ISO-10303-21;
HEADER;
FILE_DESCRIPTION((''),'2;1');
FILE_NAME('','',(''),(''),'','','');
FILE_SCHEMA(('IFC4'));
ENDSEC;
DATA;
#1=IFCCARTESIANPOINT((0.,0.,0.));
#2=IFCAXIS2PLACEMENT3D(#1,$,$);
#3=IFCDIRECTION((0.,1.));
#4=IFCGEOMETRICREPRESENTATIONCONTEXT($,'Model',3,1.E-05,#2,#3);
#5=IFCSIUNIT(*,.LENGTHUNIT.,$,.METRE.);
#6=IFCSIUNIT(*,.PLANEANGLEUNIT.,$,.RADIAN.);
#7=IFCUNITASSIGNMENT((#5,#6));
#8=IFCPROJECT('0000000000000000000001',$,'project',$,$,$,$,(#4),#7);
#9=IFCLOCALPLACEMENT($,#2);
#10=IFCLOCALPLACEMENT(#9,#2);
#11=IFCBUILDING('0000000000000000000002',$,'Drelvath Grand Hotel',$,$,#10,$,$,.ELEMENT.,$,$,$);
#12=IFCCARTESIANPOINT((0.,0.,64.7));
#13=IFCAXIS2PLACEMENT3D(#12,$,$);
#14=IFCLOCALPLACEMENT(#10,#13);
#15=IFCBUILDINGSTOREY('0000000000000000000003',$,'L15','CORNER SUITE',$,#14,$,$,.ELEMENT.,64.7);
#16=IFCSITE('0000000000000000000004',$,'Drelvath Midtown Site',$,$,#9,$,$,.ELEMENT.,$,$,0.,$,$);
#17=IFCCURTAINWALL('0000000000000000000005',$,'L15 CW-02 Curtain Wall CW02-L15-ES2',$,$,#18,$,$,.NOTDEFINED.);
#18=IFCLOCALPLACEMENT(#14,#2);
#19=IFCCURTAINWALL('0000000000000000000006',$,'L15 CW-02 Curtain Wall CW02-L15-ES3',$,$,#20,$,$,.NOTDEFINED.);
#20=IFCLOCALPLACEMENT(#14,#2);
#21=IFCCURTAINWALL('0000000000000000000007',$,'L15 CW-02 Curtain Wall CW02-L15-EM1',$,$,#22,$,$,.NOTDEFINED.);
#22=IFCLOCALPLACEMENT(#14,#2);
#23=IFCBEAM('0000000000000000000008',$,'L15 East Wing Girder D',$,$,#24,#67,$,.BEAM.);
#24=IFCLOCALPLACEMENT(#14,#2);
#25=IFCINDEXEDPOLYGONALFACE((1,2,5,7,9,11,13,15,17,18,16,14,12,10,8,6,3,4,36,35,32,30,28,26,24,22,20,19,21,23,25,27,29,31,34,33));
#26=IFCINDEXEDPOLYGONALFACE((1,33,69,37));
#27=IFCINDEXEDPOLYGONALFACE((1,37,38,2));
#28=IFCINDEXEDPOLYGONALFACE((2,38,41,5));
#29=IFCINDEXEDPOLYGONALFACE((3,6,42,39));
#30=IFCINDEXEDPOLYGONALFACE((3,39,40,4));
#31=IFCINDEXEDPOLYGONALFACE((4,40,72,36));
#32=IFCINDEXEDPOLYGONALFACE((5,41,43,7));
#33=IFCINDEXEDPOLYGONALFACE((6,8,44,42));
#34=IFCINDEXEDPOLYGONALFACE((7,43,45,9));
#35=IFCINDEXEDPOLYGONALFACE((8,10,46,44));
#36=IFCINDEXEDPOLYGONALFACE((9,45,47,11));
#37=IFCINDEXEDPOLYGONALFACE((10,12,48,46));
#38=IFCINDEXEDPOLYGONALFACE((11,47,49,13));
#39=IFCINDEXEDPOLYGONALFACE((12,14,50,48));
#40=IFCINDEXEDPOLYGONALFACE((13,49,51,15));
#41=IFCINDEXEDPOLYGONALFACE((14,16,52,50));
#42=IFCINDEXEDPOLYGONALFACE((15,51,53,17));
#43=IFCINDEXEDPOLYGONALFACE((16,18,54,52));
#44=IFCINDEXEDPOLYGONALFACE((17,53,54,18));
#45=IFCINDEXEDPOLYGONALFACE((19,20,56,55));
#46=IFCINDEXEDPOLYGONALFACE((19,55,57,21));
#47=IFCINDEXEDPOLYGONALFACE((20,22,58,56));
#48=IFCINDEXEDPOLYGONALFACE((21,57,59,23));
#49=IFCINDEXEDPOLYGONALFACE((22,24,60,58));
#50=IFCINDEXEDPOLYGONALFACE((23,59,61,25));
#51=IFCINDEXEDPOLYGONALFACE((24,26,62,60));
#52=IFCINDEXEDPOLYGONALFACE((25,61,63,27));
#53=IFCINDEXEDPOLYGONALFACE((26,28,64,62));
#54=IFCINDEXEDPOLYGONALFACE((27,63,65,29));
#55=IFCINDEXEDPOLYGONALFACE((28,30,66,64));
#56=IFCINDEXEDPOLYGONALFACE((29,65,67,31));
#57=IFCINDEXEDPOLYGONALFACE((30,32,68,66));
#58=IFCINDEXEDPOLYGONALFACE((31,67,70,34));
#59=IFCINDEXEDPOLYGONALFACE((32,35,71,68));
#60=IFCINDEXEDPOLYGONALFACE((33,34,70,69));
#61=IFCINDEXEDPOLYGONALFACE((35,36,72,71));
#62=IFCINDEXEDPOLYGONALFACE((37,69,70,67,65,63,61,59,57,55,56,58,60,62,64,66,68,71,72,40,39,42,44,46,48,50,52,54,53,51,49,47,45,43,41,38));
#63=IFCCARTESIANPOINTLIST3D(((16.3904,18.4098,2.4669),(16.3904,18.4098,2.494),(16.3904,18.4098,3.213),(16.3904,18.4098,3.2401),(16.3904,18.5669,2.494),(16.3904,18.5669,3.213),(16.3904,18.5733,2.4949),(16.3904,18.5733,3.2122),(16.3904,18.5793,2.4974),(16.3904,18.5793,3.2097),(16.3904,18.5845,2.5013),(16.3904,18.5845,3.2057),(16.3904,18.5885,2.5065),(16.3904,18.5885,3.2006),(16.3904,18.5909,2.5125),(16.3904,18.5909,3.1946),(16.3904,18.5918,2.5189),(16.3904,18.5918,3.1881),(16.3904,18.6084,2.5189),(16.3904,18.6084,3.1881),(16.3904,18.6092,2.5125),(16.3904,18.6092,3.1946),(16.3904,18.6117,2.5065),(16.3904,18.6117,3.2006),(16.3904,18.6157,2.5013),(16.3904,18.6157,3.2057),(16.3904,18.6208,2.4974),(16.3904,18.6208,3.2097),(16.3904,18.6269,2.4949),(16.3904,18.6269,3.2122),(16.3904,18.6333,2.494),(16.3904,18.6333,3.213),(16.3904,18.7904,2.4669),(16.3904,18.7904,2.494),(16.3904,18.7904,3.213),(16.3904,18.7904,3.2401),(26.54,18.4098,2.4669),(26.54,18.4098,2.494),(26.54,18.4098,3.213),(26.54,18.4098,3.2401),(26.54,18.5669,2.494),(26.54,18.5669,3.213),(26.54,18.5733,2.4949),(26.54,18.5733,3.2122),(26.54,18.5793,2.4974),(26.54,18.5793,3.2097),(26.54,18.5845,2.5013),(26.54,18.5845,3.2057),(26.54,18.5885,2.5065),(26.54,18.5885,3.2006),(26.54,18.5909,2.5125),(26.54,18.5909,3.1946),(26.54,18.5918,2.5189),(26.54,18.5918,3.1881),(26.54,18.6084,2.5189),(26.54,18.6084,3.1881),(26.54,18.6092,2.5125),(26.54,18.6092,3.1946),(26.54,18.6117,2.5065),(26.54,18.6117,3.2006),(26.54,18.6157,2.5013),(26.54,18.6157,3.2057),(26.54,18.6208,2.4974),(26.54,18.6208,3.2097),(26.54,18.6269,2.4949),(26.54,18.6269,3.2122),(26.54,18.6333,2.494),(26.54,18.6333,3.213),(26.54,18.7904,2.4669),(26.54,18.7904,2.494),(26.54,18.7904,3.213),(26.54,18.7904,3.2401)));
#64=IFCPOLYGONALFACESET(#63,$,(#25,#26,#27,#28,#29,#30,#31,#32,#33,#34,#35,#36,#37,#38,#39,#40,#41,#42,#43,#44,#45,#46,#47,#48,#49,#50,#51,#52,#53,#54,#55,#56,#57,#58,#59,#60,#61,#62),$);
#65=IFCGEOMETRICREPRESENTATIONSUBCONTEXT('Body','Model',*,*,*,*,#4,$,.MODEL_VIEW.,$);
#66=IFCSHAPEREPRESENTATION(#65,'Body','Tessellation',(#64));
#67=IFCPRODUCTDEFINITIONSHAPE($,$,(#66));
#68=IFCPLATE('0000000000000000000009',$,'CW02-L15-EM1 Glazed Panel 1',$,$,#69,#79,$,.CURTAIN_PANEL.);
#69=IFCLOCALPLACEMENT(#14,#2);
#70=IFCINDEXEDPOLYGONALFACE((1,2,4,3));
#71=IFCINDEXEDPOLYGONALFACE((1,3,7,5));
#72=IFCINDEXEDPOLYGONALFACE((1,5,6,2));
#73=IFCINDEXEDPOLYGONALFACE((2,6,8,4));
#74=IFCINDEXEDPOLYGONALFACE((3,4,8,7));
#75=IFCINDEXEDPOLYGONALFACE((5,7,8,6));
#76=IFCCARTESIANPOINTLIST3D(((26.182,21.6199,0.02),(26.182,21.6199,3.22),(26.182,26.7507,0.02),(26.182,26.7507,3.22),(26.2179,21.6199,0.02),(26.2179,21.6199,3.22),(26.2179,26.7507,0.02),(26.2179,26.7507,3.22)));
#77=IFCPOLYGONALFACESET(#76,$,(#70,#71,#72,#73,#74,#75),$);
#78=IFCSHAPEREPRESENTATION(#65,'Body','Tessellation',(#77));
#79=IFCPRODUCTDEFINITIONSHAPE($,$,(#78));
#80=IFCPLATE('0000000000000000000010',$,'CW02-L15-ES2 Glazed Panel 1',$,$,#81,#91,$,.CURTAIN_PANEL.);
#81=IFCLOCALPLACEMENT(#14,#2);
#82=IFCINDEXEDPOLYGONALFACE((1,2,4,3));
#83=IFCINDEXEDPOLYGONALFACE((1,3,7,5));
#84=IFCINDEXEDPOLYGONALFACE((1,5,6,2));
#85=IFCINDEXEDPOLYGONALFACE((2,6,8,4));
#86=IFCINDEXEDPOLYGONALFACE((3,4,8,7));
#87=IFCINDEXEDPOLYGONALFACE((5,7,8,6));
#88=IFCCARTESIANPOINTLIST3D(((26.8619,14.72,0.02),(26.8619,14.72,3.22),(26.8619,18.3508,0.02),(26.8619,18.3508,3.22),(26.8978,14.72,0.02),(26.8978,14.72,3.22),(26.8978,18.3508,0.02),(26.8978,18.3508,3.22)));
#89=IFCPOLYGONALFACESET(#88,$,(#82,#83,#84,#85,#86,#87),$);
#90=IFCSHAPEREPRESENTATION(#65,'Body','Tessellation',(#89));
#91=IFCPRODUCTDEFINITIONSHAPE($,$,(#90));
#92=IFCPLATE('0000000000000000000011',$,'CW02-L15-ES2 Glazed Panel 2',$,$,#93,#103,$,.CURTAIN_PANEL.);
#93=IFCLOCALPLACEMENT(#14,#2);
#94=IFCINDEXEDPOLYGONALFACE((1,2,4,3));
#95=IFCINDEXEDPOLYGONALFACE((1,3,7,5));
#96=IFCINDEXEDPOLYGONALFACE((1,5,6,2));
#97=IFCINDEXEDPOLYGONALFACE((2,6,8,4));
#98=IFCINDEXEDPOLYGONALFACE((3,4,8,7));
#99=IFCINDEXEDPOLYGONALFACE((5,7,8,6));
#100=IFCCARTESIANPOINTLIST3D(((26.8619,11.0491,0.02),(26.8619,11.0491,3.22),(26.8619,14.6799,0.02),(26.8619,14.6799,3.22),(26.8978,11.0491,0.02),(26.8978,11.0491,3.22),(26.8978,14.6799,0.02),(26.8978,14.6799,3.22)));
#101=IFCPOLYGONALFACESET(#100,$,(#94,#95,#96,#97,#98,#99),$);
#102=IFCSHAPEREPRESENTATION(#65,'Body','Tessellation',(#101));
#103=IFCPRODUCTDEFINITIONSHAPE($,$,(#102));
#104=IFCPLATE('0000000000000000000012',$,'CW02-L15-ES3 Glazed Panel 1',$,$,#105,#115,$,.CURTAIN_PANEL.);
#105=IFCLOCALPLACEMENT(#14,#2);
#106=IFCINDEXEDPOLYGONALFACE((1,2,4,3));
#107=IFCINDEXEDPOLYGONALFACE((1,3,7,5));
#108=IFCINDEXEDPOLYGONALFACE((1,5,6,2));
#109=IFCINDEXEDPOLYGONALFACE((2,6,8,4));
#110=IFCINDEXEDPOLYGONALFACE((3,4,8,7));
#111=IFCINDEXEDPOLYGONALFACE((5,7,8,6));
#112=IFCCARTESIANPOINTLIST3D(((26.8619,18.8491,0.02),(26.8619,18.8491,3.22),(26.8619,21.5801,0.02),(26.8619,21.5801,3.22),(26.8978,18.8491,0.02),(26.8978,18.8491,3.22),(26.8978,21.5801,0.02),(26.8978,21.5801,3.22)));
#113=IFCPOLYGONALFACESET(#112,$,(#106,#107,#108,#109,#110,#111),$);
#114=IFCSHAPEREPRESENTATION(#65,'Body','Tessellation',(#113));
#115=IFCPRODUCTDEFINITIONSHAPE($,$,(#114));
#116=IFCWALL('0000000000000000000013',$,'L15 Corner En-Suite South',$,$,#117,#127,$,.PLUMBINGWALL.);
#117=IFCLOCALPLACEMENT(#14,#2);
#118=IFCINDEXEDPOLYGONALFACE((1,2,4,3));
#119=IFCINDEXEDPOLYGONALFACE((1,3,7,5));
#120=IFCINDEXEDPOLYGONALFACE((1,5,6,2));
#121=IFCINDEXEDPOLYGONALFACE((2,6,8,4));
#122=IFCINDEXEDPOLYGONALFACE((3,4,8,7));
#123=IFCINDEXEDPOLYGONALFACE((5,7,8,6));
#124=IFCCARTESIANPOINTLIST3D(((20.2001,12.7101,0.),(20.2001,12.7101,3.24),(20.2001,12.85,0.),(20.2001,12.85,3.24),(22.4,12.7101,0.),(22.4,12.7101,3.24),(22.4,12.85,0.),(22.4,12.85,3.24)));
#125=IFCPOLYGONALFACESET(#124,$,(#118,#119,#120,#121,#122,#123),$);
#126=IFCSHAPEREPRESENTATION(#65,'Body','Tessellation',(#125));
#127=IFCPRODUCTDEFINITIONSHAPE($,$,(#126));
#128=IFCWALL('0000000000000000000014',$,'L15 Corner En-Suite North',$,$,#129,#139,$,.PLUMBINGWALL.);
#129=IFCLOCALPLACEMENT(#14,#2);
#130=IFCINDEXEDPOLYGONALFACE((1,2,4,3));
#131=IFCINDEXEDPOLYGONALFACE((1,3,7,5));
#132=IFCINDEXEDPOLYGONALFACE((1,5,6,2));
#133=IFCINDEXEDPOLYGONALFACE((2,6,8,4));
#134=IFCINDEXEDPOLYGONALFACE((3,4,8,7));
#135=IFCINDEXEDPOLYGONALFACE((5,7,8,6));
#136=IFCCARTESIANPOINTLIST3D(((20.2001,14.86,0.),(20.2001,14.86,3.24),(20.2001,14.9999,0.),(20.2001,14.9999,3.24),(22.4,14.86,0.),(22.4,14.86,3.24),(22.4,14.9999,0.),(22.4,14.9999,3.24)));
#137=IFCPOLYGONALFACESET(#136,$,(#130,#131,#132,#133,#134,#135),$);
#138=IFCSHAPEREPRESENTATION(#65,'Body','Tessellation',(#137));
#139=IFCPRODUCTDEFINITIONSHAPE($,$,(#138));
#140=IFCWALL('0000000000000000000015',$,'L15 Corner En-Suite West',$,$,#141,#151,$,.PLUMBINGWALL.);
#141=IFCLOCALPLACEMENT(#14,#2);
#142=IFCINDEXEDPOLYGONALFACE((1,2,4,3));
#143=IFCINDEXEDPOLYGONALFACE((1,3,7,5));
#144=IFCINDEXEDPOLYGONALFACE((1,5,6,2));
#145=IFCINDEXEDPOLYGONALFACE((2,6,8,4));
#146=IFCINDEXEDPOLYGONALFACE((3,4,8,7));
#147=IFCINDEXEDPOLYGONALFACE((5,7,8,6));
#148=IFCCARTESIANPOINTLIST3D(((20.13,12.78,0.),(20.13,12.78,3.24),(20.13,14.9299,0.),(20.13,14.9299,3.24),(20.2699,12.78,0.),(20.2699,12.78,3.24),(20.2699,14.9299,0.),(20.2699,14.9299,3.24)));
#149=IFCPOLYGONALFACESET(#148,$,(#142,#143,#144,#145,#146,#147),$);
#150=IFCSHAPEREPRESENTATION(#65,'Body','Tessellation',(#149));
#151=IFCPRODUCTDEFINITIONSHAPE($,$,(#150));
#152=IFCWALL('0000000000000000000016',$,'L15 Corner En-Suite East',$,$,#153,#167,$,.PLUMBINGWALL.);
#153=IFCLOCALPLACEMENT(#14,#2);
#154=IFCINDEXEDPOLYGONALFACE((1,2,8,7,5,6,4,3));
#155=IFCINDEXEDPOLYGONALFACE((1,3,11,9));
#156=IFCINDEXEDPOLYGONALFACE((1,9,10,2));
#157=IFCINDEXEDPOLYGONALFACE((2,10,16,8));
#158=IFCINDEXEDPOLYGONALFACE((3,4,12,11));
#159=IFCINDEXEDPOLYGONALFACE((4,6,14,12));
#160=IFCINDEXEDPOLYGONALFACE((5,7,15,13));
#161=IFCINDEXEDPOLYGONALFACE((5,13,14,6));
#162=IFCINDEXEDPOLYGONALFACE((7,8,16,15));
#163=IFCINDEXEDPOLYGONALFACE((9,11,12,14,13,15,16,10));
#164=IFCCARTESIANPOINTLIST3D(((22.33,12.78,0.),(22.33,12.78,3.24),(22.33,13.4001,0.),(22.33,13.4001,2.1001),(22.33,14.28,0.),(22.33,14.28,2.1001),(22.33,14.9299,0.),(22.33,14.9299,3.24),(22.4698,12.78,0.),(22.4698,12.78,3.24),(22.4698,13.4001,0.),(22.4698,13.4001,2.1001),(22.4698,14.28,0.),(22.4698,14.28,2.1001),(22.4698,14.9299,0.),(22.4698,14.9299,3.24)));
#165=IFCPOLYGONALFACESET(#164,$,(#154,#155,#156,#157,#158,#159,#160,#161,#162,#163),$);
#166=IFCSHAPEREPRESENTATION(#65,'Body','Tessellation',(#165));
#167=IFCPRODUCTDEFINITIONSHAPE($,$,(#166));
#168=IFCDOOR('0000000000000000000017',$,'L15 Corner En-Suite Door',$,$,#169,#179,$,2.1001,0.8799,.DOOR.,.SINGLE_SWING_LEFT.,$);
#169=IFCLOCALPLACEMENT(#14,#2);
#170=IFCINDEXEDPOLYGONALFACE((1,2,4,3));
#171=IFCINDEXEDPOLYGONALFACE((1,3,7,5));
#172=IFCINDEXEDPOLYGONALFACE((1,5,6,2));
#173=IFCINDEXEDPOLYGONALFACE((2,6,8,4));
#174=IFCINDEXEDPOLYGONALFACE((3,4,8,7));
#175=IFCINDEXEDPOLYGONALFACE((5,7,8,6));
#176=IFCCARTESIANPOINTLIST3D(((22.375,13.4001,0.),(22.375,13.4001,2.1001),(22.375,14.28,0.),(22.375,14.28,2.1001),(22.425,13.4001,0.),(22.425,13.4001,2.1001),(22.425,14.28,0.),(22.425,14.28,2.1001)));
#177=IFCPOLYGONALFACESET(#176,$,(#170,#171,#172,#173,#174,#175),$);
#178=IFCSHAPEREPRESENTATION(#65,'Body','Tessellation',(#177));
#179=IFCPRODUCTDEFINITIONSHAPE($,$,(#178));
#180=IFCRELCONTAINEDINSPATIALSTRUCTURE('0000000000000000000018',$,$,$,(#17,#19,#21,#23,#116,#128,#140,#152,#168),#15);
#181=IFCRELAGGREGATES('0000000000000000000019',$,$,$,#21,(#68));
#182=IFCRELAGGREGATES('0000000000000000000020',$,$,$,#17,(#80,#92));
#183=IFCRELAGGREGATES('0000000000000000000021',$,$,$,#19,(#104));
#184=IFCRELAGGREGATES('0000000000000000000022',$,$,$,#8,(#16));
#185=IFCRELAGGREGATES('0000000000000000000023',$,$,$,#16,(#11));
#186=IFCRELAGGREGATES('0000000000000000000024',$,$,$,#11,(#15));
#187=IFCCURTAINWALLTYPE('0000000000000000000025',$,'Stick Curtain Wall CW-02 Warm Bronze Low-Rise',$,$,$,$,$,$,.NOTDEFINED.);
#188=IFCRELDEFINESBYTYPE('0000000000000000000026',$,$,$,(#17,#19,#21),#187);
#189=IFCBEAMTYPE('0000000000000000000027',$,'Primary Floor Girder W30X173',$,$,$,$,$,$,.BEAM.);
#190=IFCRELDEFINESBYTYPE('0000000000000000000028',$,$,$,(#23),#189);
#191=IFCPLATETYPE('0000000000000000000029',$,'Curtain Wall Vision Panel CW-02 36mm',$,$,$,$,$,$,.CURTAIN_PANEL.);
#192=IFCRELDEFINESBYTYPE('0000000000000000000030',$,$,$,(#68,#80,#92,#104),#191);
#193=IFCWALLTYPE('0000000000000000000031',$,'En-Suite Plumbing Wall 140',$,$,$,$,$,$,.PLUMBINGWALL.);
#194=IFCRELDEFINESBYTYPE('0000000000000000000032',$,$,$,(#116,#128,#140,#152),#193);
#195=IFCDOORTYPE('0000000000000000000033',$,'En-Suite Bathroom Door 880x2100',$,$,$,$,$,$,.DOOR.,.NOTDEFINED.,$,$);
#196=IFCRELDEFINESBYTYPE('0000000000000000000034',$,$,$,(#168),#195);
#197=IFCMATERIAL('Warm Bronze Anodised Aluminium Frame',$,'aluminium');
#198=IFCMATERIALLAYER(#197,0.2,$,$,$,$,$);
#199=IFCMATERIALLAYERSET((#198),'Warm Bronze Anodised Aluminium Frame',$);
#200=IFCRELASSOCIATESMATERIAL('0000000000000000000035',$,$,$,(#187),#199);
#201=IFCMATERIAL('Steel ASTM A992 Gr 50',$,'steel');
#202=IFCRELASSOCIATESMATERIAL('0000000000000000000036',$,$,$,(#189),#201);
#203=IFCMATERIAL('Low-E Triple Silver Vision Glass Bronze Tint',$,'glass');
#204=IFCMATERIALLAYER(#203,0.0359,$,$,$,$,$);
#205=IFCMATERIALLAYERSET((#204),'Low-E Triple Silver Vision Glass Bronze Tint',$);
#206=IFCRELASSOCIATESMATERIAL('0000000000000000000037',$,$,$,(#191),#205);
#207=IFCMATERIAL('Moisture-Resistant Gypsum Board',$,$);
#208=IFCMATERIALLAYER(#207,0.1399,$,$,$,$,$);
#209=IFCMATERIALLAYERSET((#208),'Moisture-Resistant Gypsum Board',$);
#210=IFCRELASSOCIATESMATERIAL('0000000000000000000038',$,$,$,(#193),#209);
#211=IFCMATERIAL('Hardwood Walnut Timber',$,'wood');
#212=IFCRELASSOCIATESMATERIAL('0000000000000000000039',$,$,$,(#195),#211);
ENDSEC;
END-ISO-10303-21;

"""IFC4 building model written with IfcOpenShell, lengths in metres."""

from ifc_helpers import new_model, si_unit, direction, frame, frame_2d, origin, origin_2d, place, context, subcontext, project, spatial, rectangle, i_section, extrude, material, layer, layer_set, material_profile, profile_set, type_object, element, fill, aggregate, save


model = new_model("IFC4")

# Units and contexts
model_context = context("Model", 3, precision=1e-05, world=origin(), true_north=direction((0.0, 1.0)))
body_context = subcontext(model_context, "Body", "Model", "MODEL_VIEW")
ifc_project = project(units=[si_unit("LENGTHUNIT", "METRE"), si_unit("PLANEANGLEUNIT", "RADIAN")], contexts=[model_context])

# Site, building, storey
site_placement = place(None, origin())
site = spatial("IfcSite", under=ifc_project, at=site_placement, Name="Drelvath Midtown Site", CompositionType="ELEMENT", RefElevation=0.0)
building_placement = place(site_placement, origin())
building = spatial("IfcBuilding", under=site, at=building_placement, Name="Drelvath Grand Hotel", CompositionType="ELEMENT")
storey_placement = place(building_placement, frame((0.0, 0.0, 64.7)))
storey = spatial("IfcBuildingStorey", under=building, at=storey_placement, Name="L15", Description="CORNER SUITE", CompositionType="ELEMENT", Elevation=64.7)

# Curtain walls
ifc_material_1 = material(Name="Warm Bronze Anodised Aluminium Frame", Category="aluminium")
ifc_layer_1 = layer(ifc_material_1, 0.2)
ifc_layer_set_1 = layer_set([ifc_layer_1], Name="Warm Bronze Anodised Aluminium Frame")
curtain_wall_type = type_object("IfcCurtainWallType", Name="Stick Curtain Wall CW-02 Warm Bronze Low-Rise", PredefinedType="NOTDEFINED", material=ifc_layer_set_1)
curtain_wall_1_placement = place(storey_placement, origin())
curtain_wall_1 = element("IfcCurtainWall", 1, at=curtain_wall_1_placement, inside=storey, type_object=curtain_wall_type, Name="L15 CW-02 Curtain Wall CW02-L15-ES2", PredefinedType="NOTDEFINED")
curtain_wall_2_placement = place(storey_placement, origin())
curtain_wall_2 = element("IfcCurtainWall", 2, at=curtain_wall_2_placement, inside=storey, type_object=curtain_wall_type, Name="L15 CW-02 Curtain Wall CW02-L15-ES3", PredefinedType="NOTDEFINED")
curtain_wall_3_placement = place(storey_placement, origin())
curtain_wall_3 = element("IfcCurtainWall", 3, at=curtain_wall_3_placement, inside=storey, type_object=curtain_wall_type, Name="L15 CW-02 Curtain Wall CW02-L15-EM1", PredefinedType="NOTDEFINED")

# Beam
ifc_material_2 = material(Name="Steel ASTM A992 Gr 50", Category="steel")
ifc_material_profile_1 = material_profile(ifc_material_2, i_section(OverallWidth=0.3806, OverallDepth=0.7732, WebThickness=0.0166, FlangeThickness=0.0271, FilletRadius=0.0249, at=origin_2d()), Name="W30X173")
ifc_profile_set_1 = profile_set([ifc_material_profile_1], Name="Steel ASTM A992 Gr 50")
beam_type_1 = type_object("IfcBeamType", Name="Primary Floor Girder W30X173", PredefinedType="BEAM", material=ifc_profile_set_1)
beam_1_placement = place(storey_placement, frame((16.3904, 18.6001, 2.8535), z_axis=(1.0, 0.0, 0.0), x_axis=(0.0, 1.0, 0.0)))
element("IfcBeam", 4, at=beam_1_placement, inside=storey, type_object=beam_type_1, Name="L15 East Wing Girder D", PredefinedType="BEAM", context=body_context, shape_type="SweptSolid", body=[
    extrude(i_section(OverallWidth=0.3806, OverallDepth=0.7732, WebThickness=0.0166, FlangeThickness=0.0271, FilletRadius=0.0249, at=origin_2d()), origin(), (0.0, 0.0, 1.0), 10.1497),
])

# Plates
ifc_material_3 = material(Name="Low-E Triple Silver Vision Glass Bronze Tint", Category="glass")
ifc_layer_2 = layer(ifc_material_3, 0.0359)
ifc_layer_set_2 = layer_set([ifc_layer_2], Name="Low-E Triple Silver Vision Glass Bronze Tint")
plate_type = type_object("IfcPlateType", Name="Curtain Wall Vision Panel CW-02 36mm", PredefinedType="CURTAIN_PANEL", material=ifc_layer_set_2)
plate_1_placement = place(storey_placement, frame((26.2, 24.1853, 0.02), z_axis=(0.0, 0.0, 1.0), x_axis=(0.0, -1.0, 0.0)))
plate_1 = element("IfcPlate", 5, at=plate_1_placement, type_object=plate_type, Name="CW02-L15-EM1 Glazed Panel 1", PredefinedType="CURTAIN_PANEL", context=body_context, shape_type="SweptSolid", body=[
    extrude(rectangle(XDim=5.1309, YDim=0.0359, at=origin_2d()), origin(), (0.0, 0.0, 1.0), 3.2),
])
aggregate(curtain_wall_3, [plate_1])
plate_2_placement = place(storey_placement, frame((26.8799, 16.5354, 0.02), z_axis=(0.0, 0.0, 1.0), x_axis=(0.0, -1.0, 0.0)))
plate_2 = element("IfcPlate", 6, at=plate_2_placement, type_object=plate_type, Name="CW02-L15-ES2 Glazed Panel 1", PredefinedType="CURTAIN_PANEL", context=body_context, shape_type="SweptSolid", body=[
    extrude(rectangle(XDim=3.6309, YDim=0.0359, at=origin_2d()), origin(), (0.0, 0.0, 1.0), 3.2),
])
plate_3_placement = place(storey_placement, frame((26.8799, 12.8645, 0.02), z_axis=(0.0, 0.0, 1.0), x_axis=(0.0, -1.0, 0.0)))
plate_3 = element("IfcPlate", 7, at=plate_3_placement, type_object=plate_type, Name="CW02-L15-ES2 Glazed Panel 2", PredefinedType="CURTAIN_PANEL", context=body_context, shape_type="SweptSolid", body=[
    extrude(rectangle(XDim=3.6309, YDim=0.0359, at=origin_2d()), origin(), (0.0, 0.0, 1.0), 3.2),
])
aggregate(curtain_wall_1, [plate_2, plate_3])
plate_4_placement = place(storey_placement, frame((26.8799, 20.2146, 0.02), z_axis=(0.0, 0.0, 1.0), x_axis=(0.0, -1.0, 0.0)))
plate_4 = element("IfcPlate", 8, at=plate_4_placement, type_object=plate_type, Name="CW02-L15-ES3 Glazed Panel 1", PredefinedType="CURTAIN_PANEL", context=body_context, shape_type="SweptSolid", body=[
    extrude(rectangle(XDim=2.731, YDim=0.0359, at=origin_2d()), origin(), (0.0, 0.0, 1.0), 3.2),
])
aggregate(curtain_wall_2, [plate_4])

# Shared definitions
ifc_material_4 = material(Name="Hardwood Walnut Timber", Category="wood")

# Walls
ifc_material_5 = material(Name="Moisture-Resistant Gypsum Board")
ifc_layer_3 = layer(ifc_material_5, 0.1399)
ifc_layer_set_3 = layer_set([ifc_layer_3], Name="Moisture-Resistant Gypsum Board")
wall_type_1 = type_object("IfcWallType", Name="En-Suite Plumbing Wall 140", PredefinedType="PLUMBINGWALL", material=ifc_layer_set_3)
for number, where, z_axis, x_axis, name in (
    (9, (20.2, 12.78, 0.0), (0.0, 0.0, 1.0), (1.0, 0.0, 0.0), "L15 Corner En-Suite South"),
    (10, (20.2, 14.9299, 0.0), (0.0, 0.0, 1.0), (1.0, 0.0, 0.0), "L15 Corner En-Suite North"),
):
    element("IfcWall", number, at=place(storey_placement, frame(where, z_axis=z_axis, x_axis=x_axis)), inside=storey, type_object=wall_type_1, Name=name, PredefinedType="PLUMBINGWALL", context=body_context, shape_type="SweptSolid", body=[
        extrude(rectangle(XDim=2.2, YDim=0.1399, at=frame_2d((1.1001, 0.0))), origin(), (0.0, 0.0, 1.0), 3.24),
    ])
wall_1_placement = place(storey_placement, frame((20.2, 12.78, 0.0), z_axis=(0.0, 0.0, 1.0), x_axis=(0.0, 1.0, 0.0)))
element("IfcWall", 11, at=wall_1_placement, inside=storey, type_object=wall_type_1, Name="L15 Corner En-Suite West", PredefinedType="PLUMBINGWALL", context=body_context, shape_type="SweptSolid", body=[
    extrude(rectangle(XDim=2.1499, YDim=0.1399, at=frame_2d((1.075, 0.0))), origin(), (0.0, 0.0, 1.0), 3.24),
])

# Wall, opening, door
wall_2_placement = place(storey_placement, frame((22.3999, 12.78, 0.0), z_axis=(0.0, 0.0, 1.0), x_axis=(0.0, 1.0, 0.0)))
wall_2 = element("IfcWall", 12, at=wall_2_placement, inside=storey, type_object=wall_type_1, Name="L15 Corner En-Suite East", PredefinedType="PLUMBINGWALL", context=body_context, shape_type="SweptSolid", body=[
    extrude(rectangle(XDim=2.1499, YDim=0.1399, at=frame_2d((1.075, 0.0))), origin(), (0.0, 0.0, 1.0), 3.24),
])
opening_1_placement = place(wall_2_placement, frame((0.6201, 0.0, 0.0)))
opening_1 = element("IfcOpeningElement", 13, at=opening_1_placement, cuts=wall_2, PredefinedType="OPENING", context=body_context, shape_type="SweptSolid", body=[
    extrude(rectangle(XDim=0.8799, YDim=2.1001, at=frame_2d((0.4399, 1.05))), frame((0.0, 0.0798, 0.0), z_axis=(0.0, -1.0, 0.0), x_axis=(1.0, 0.0, 0.0)), (0.0, 0.0, 1.0), 0.1599),
])
door_type_1 = type_object("IfcDoorType", Name="En-Suite Bathroom Door 880x2100", OperationType="NOTDEFINED", PredefinedType="DOOR", material=ifc_material_4)
door_1_placement = place(opening_1_placement, origin())
door_1 = element("IfcDoor", 14, at=door_1_placement, inside=storey, type_object=door_type_1, Name="L15 Corner En-Suite Door", OperationType="SINGLE_SWING_LEFT", OverallHeight=2.1001, OverallWidth=0.8799, PredefinedType="DOOR", context=body_context, shape_type="SweptSolid", body=[
    extrude(rectangle(XDim=0.8799, YDim=2.1001, at=frame_2d((0.4399, 1.05))), frame((0.0, 0.0249, 0.0), z_axis=(0.0, -1.0, 0.0), x_axis=(1.0, 0.0, 0.0)), (0.0, 0.0, 1.0), 0.05),
])
fill(opening_1, door_1)

save(model, "model.ifc")
